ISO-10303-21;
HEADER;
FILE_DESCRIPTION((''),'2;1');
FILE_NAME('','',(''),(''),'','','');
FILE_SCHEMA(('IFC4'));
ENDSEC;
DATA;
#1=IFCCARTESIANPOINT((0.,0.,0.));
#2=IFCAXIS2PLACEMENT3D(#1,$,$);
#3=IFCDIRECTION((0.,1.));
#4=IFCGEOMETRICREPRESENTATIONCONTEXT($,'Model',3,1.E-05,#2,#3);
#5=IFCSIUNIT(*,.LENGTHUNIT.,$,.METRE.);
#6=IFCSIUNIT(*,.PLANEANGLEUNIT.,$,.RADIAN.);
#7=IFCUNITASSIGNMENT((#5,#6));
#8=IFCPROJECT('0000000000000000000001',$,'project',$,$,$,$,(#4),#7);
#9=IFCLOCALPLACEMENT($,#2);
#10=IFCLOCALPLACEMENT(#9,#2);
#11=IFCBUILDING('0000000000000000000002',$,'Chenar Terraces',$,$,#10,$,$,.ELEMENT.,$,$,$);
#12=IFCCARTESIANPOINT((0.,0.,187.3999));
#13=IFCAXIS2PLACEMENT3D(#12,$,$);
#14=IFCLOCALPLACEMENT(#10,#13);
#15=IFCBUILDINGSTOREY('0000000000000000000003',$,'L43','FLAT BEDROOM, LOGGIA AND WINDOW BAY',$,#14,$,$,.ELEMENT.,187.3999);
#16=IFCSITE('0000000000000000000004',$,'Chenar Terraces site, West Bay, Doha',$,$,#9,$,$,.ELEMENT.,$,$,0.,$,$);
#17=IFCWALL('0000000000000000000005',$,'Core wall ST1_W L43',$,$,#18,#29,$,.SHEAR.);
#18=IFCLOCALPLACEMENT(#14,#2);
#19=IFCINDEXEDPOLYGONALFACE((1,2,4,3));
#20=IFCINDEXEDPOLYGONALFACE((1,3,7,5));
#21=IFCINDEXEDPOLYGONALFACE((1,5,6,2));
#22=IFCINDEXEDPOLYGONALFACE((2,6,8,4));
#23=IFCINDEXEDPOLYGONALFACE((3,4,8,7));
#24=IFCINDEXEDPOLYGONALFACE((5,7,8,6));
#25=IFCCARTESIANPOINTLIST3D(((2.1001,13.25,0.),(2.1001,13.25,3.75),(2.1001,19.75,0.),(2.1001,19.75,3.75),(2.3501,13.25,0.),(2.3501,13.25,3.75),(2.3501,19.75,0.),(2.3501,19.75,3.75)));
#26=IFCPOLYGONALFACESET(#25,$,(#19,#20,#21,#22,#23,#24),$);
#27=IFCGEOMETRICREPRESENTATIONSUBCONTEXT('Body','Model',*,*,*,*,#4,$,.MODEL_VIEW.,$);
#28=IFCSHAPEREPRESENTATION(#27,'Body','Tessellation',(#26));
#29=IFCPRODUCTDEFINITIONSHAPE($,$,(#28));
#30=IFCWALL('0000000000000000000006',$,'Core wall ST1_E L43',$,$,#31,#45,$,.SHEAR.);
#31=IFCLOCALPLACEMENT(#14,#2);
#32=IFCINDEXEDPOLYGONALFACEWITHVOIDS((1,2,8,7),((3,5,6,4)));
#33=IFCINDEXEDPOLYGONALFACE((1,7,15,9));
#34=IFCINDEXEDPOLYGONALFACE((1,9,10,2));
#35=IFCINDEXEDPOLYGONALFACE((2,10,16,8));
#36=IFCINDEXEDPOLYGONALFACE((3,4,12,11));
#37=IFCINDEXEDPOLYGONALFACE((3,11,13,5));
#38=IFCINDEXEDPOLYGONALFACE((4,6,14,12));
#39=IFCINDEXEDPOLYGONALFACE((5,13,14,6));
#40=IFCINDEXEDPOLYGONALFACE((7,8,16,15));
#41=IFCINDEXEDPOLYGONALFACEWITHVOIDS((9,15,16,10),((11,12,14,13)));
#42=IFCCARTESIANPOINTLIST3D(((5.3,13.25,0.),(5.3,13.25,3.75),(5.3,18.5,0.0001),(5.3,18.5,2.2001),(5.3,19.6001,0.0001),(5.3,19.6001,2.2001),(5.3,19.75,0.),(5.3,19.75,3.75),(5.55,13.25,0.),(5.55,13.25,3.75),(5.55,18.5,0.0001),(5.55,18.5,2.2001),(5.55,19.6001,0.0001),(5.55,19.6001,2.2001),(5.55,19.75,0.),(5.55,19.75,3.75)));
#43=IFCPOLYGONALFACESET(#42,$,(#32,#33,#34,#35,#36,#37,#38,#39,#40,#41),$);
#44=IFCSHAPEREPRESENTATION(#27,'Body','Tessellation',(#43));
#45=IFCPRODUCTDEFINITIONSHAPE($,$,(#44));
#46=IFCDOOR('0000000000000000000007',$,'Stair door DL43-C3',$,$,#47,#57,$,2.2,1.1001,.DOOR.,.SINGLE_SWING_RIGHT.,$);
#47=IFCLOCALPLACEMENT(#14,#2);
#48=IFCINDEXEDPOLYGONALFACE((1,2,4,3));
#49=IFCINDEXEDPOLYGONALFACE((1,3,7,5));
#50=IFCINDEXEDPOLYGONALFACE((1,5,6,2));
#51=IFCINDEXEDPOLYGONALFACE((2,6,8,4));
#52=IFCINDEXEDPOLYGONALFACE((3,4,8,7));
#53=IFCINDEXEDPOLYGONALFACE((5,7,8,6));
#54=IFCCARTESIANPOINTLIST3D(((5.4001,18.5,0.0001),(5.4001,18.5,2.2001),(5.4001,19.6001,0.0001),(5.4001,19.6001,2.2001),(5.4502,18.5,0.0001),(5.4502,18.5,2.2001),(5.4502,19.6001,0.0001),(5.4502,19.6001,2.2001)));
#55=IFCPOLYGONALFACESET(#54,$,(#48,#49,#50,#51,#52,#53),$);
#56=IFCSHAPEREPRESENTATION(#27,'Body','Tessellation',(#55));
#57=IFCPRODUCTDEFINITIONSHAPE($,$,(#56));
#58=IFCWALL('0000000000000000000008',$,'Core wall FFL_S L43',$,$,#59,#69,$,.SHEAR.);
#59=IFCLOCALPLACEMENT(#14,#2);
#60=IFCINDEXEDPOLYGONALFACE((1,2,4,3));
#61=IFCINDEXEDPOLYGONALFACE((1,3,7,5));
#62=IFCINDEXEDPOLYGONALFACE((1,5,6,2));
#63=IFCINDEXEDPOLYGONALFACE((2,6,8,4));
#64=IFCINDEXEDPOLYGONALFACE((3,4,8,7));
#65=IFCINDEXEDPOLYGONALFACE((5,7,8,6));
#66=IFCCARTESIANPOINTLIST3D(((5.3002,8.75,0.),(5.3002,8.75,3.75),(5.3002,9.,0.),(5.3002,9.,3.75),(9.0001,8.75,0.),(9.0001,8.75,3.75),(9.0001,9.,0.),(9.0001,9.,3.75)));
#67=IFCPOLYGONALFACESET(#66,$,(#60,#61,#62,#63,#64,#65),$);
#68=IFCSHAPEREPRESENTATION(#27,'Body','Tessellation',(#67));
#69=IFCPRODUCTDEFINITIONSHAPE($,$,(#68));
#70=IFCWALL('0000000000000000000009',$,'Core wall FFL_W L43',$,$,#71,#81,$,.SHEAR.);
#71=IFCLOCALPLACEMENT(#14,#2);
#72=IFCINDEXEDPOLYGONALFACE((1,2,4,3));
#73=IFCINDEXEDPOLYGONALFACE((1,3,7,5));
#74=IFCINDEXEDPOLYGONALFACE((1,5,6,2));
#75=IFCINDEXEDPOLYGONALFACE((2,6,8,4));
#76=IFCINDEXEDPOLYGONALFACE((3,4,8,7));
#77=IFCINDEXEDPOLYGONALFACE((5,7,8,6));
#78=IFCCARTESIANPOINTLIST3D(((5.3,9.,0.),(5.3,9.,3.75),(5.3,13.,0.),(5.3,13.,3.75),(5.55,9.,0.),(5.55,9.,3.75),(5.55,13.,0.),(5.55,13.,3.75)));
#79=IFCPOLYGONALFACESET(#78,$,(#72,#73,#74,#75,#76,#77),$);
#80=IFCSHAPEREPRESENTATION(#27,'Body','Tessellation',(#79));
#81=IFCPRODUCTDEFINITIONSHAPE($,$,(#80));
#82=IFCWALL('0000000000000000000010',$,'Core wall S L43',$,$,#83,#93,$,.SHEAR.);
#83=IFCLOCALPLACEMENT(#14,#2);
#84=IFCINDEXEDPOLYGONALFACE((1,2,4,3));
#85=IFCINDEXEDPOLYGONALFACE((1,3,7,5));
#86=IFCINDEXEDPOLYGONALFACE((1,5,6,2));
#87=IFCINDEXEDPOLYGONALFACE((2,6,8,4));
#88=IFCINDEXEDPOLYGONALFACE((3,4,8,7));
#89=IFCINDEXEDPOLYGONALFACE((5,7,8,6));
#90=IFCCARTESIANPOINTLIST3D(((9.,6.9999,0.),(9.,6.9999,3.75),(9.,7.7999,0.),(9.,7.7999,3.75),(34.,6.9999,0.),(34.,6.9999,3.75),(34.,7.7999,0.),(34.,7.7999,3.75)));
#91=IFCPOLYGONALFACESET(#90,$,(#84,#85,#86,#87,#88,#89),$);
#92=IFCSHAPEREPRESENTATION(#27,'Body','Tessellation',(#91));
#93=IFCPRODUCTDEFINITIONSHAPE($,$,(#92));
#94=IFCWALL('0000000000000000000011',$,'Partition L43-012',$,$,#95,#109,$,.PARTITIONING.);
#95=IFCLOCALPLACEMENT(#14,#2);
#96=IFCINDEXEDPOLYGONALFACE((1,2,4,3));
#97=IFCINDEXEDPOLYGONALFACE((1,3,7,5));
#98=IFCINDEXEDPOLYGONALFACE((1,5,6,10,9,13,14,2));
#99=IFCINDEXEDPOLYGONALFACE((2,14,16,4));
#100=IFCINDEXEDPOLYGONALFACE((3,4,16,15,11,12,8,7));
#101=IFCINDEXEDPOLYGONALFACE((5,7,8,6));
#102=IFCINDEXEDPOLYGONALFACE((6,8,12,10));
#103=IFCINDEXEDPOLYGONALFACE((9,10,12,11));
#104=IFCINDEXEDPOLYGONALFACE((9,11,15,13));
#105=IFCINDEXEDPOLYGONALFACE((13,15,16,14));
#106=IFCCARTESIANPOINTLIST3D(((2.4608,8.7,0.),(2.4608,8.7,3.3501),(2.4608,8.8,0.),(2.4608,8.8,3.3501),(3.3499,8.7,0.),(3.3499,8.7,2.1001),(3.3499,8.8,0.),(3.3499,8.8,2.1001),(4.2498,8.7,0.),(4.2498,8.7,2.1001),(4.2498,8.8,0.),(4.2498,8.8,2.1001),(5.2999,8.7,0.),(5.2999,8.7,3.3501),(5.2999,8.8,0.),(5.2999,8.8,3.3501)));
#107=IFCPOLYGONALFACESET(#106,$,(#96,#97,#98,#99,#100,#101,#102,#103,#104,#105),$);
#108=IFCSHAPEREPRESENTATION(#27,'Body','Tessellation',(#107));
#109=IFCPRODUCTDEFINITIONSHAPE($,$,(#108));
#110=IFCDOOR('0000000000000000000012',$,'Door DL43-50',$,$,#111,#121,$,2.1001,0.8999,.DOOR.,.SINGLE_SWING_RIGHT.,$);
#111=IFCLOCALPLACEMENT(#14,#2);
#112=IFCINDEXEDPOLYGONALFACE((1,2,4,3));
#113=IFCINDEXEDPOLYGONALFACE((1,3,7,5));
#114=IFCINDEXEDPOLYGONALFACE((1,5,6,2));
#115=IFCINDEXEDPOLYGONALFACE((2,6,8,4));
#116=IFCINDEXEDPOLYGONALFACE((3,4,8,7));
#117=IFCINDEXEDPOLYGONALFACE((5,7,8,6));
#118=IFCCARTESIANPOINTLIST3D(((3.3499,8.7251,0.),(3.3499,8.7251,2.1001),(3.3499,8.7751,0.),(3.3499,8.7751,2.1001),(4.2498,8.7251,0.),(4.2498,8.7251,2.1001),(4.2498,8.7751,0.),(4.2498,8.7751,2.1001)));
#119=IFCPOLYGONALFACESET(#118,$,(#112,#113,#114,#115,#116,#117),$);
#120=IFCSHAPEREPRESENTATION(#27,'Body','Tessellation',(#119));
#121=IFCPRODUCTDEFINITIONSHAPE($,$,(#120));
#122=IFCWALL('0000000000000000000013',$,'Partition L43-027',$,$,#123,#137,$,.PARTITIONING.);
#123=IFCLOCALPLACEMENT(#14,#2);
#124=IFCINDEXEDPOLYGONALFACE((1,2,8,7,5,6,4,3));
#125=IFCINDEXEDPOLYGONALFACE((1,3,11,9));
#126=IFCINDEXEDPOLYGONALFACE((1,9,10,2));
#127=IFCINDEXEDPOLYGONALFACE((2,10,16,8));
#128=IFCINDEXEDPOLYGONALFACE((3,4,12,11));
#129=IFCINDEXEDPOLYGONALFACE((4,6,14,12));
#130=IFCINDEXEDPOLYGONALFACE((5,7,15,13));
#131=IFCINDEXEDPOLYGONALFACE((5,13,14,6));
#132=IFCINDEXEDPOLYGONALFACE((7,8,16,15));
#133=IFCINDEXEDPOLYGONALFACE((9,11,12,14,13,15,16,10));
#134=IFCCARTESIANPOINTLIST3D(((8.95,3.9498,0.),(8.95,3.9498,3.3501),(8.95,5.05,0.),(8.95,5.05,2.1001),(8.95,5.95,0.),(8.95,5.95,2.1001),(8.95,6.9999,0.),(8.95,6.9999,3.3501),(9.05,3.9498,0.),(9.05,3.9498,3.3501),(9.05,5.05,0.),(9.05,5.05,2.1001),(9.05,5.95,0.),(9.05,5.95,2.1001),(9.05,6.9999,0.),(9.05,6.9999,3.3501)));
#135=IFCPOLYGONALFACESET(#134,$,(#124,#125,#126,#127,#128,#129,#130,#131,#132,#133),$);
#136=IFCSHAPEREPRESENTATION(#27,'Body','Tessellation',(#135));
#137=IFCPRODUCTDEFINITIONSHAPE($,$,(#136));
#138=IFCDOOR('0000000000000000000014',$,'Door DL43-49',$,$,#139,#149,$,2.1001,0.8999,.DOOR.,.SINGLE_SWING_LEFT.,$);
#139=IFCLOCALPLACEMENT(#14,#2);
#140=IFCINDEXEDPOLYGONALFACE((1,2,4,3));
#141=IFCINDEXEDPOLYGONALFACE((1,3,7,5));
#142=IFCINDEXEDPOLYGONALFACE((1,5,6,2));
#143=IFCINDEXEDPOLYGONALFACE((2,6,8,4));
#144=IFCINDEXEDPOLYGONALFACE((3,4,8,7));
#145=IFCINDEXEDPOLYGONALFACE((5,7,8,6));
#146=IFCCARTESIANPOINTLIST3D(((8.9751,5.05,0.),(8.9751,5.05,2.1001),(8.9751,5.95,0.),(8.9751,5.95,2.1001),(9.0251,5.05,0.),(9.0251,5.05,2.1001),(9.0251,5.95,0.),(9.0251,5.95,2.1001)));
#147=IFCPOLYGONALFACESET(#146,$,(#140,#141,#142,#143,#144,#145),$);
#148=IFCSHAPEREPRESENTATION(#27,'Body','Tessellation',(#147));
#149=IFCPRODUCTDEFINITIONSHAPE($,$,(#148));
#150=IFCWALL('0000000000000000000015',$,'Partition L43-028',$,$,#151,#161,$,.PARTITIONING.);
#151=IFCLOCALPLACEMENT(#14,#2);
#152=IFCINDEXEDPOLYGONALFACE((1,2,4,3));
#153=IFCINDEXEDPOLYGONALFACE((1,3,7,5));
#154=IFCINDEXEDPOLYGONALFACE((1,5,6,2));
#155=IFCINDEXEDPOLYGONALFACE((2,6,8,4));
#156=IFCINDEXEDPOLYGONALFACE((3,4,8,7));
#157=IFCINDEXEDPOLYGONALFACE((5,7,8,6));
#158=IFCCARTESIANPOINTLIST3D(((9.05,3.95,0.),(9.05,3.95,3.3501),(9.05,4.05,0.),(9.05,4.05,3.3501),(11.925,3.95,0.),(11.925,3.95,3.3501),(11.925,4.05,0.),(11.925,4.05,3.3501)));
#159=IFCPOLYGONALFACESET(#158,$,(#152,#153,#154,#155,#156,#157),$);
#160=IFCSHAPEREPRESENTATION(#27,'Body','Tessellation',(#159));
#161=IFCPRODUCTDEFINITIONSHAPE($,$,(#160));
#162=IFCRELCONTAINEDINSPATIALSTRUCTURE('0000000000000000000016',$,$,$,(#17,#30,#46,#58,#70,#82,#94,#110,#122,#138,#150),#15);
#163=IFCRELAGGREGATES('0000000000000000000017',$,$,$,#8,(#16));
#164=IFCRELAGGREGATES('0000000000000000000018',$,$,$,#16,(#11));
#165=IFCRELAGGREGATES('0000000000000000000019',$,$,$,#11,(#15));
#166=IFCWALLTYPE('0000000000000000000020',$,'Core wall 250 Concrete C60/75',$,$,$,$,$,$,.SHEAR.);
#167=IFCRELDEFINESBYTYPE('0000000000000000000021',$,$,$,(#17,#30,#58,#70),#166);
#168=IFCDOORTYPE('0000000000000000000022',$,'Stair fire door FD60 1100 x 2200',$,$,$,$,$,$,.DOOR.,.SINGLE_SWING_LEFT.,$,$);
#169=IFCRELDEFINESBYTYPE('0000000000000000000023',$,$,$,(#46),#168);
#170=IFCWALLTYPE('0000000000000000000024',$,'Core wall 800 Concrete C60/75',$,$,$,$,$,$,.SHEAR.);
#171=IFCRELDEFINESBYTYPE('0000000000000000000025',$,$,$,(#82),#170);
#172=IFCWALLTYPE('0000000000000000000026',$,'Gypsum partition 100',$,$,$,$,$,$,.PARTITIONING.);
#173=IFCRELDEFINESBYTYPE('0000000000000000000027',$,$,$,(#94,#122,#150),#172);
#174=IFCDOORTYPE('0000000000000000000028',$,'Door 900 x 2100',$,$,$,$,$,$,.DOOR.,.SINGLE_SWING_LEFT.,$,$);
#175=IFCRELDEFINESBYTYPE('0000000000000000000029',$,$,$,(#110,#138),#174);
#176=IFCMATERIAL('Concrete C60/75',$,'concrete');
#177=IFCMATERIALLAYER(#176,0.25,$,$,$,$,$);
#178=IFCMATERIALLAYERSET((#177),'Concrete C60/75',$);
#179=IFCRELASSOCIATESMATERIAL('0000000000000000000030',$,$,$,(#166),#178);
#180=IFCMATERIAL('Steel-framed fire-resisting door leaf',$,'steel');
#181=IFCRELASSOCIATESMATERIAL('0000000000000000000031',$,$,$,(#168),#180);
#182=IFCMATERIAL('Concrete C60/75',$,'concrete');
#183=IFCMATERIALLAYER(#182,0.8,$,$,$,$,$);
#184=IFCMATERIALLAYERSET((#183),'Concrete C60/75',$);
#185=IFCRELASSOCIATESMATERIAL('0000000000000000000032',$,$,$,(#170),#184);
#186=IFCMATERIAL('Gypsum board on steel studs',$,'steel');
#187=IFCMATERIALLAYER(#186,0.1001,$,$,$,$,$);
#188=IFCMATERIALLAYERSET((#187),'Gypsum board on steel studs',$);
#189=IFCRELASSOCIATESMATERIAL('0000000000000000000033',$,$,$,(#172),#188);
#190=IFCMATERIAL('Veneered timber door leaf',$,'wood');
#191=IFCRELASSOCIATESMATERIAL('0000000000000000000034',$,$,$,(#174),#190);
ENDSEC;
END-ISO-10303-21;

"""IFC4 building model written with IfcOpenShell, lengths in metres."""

from ifc_helpers import new_model, si_unit, direction, frame, frame_2d, origin, place, context, subcontext, project, spatial, rectangle, extrude, material, layer, layer_set, type_object, element, fill, save


model = new_model("IFC4")

# Units and contexts
model_context = context("Model", 3, precision=1e-05, world=origin(), true_north=direction((0.0, 1.0)))
body_context = subcontext(model_context, "Body", "Model", "MODEL_VIEW")
ifc_project = project(units=[si_unit("LENGTHUNIT", "METRE"), si_unit("PLANEANGLEUNIT", "RADIAN")], contexts=[model_context])

# Site, building, storey
site_placement = place(None, origin())
site = spatial("IfcSite", under=ifc_project, at=site_placement, Name="Chenar Terraces site, West Bay, Doha", CompositionType="ELEMENT", RefElevation=0.0)
building_placement = place(site_placement, origin())
building = spatial("IfcBuilding", under=site, at=building_placement, Name="Chenar Terraces", CompositionType="ELEMENT")
storey_placement = place(building_placement, frame((0.0, 0.0, 187.3999)))
storey = spatial("IfcBuildingStorey", under=building, at=storey_placement, Name="L43", Description="FLAT BEDROOM, LOGGIA AND WINDOW BAY", CompositionType="ELEMENT", Elevation=187.3999)

# Wall
ifc_material_1 = material(Name="Concrete C60/75", Category="concrete")
ifc_layer_1 = layer(ifc_material_1, 0.25)
ifc_layer_set_1 = layer_set([ifc_layer_1], Name="Concrete C60/75")
wall_type_1 = type_object("IfcWallType", Name="Core wall 250 Concrete C60/75", PredefinedType="SHEAR", material=ifc_layer_set_1)
wall_1_placement = place(storey_placement, frame((2.2251, 13.25, 0.0), z_axis=(0.0, 0.0, 1.0), x_axis=(0.0, 1.0, 0.0)))
element("IfcWall", 1, at=wall_1_placement, inside=storey, type_object=wall_type_1, Name="Core wall ST1_W L43", PredefinedType="SHEAR", context=body_context, shape_type="SweptSolid", body=[
    extrude(rectangle(XDim=6.5, YDim=0.25, at=frame_2d((3.25, 0.0))), origin(), (0.0, 0.0, 1.0), 3.75),
])

# Wall, opening, door
wall_2_placement = place(storey_placement, frame((5.425, 13.25, 0.0), z_axis=(0.0, 0.0, 1.0), x_axis=(0.0, 1.0, 0.0)))
wall_2 = element("IfcWall", 2, at=wall_2_placement, inside=storey, type_object=wall_type_1, Name="Core wall ST1_E L43", PredefinedType="SHEAR", context=body_context, shape_type="SweptSolid", body=[
    extrude(rectangle(XDim=6.5, YDim=0.25, at=frame_2d((3.25, 0.0))), origin(), (0.0, 0.0, 1.0), 3.75),
])
opening_1_placement = place(wall_2_placement, frame((5.25, 0.0, 0.0)))
opening_1 = element("IfcOpeningElement", 3, at=opening_1_placement, cuts=wall_2, PredefinedType="OPENING", context=body_context, shape_type="SweptSolid", body=[
    extrude(rectangle(XDim=1.1001, YDim=2.2, at=frame_2d((0.55, 1.1001))), frame((0.0, 0.135, 0.0), z_axis=(0.0, -1.0, 0.0), x_axis=(1.0, 0.0, 0.0)), (0.0, 0.0, 1.0), 0.27),
])
ifc_material_2 = material(Name="Steel-framed fire-resisting door leaf", Category="steel")
door_type_1 = type_object("IfcDoorType", Name="Stair fire door FD60 1100 x 2200", OperationType="SINGLE_SWING_LEFT", PredefinedType="DOOR", material=ifc_material_2)
door_1_placement = place(opening_1_placement, origin())
door_1 = element("IfcDoor", 4, at=door_1_placement, inside=storey, type_object=door_type_1, Name="Stair door DL43-C3", OperationType="SINGLE_SWING_RIGHT", OverallHeight=2.2, OverallWidth=1.1001, PredefinedType="DOOR", context=body_context, shape_type="SweptSolid", body=[
    extrude(rectangle(XDim=1.1001, YDim=2.2, at=frame_2d((0.55, 1.1001))), frame((0.0, 0.0249, 0.0), z_axis=(0.0, -1.0, 0.0), x_axis=(1.0, 0.0, 0.0)), (0.0, 0.0, 1.0), 0.05),
])
fill(opening_1, door_1)

# Walls
wall_3_placement = place(storey_placement, frame((5.3, 8.875, 0.0), z_axis=(0.0, 0.0, 1.0), x_axis=(1.0, 0.0, 0.0)))
element("IfcWall", 5, at=wall_3_placement, inside=storey, type_object=wall_type_1, Name="Core wall FFL_S L43", PredefinedType="SHEAR", context=body_context, shape_type="SweptSolid", body=[
    extrude(rectangle(XDim=3.7, YDim=0.25, at=frame_2d((1.8501, 0.0))), origin(), (0.0, 0.0, 1.0), 3.75),
])
wall_4_placement = place(storey_placement, frame((5.425, 9.0, 0.0), z_axis=(0.0, 0.0, 1.0), x_axis=(0.0, 1.0, 0.0)))
element("IfcWall", 6, at=wall_4_placement, inside=storey, type_object=wall_type_1, Name="Core wall FFL_W L43", PredefinedType="SHEAR", context=body_context, shape_type="SweptSolid", body=[
    extrude(rectangle(XDim=4.0, YDim=0.25, at=frame_2d((2.0, 0.0))), origin(), (0.0, 0.0, 1.0), 3.75),
])
ifc_material_3 = material(Name="Concrete C60/75", Category="concrete")
ifc_layer_2 = layer(ifc_material_3, 0.8)
ifc_layer_set_2 = layer_set([ifc_layer_2], Name="Concrete C60/75")
wall_type_2 = type_object("IfcWallType", Name="Core wall 800 Concrete C60/75", PredefinedType="SHEAR", material=ifc_layer_set_2)
wall_5_placement = place(storey_placement, frame((9.0, 7.3999, 0.0), z_axis=(0.0, 0.0, 1.0), x_axis=(1.0, 0.0, 0.0)))
element("IfcWall", 7, at=wall_5_placement, inside=storey, type_object=wall_type_2, Name="Core wall S L43", PredefinedType="SHEAR", context=body_context, shape_type="SweptSolid", body=[
    extrude(rectangle(XDim=25.0, YDim=0.8, at=frame_2d((12.5, 0.0))), origin(), (0.0, 0.0, 1.0), 3.75),
])

# Walls, openings, doors
ifc_material_4 = material(Name="Gypsum board on steel studs", Category="steel")
ifc_layer_3 = layer(ifc_material_4, 0.1001)
ifc_layer_set_3 = layer_set([ifc_layer_3], Name="Gypsum board on steel studs")
wall_type_3 = type_object("IfcWallType", Name="Gypsum partition 100", PredefinedType="PARTITIONING", material=ifc_layer_set_3)
wall_6_placement = place(storey_placement, frame((2.4609, 8.75, 0.0), z_axis=(0.0, 0.0, 1.0), x_axis=(1.0, 0.0, 0.0)))
wall_6 = element("IfcWall", 8, at=wall_6_placement, inside=storey, type_object=wall_type_3, Name="Partition L43-012", PredefinedType="PARTITIONING", context=body_context, shape_type="SweptSolid", body=[
    extrude(rectangle(XDim=2.8391, YDim=0.1001, at=frame_2d((1.4194, 0.0))), origin(), (0.0, 0.0, 1.0), 3.3501),
])
opening_2_placement = place(wall_6_placement, frame((0.8889, 0.0, 0.0)))
opening_2 = element("IfcOpeningElement", 9, at=opening_2_placement, cuts=wall_6, PredefinedType="OPENING", context=body_context, shape_type="SweptSolid", body=[
    extrude(rectangle(XDim=0.8999, YDim=2.1001, at=frame_2d((0.45, 1.05))), frame((0.0, 0.0601, 0.0), z_axis=(0.0, -1.0, 0.0), x_axis=(1.0, 0.0, 0.0)), (0.0, 0.0, 1.0), 0.1201),
])
ifc_material_5 = material(Name="Veneered timber door leaf", Category="wood")
door_type_2 = type_object("IfcDoorType", Name="Door 900 x 2100", OperationType="SINGLE_SWING_LEFT", PredefinedType="DOOR", material=ifc_material_5)
door_2_placement = place(opening_2_placement, frame((0.8999, 0.0, 0.0), z_axis=(0.0, 0.0, 1.0), x_axis=(-1.0, 0.0, 0.0)))
door_2 = element("IfcDoor", 10, at=door_2_placement, inside=storey, type_object=door_type_2, Name="Door DL43-50", OperationType="SINGLE_SWING_RIGHT", OverallHeight=2.1001, OverallWidth=0.8999, PredefinedType="DOOR", context=body_context, shape_type="SweptSolid", body=[
    extrude(rectangle(XDim=0.8999, YDim=2.1001, at=frame_2d((0.45, 1.05))), frame((0.0, 0.0249, 0.0), z_axis=(0.0, -1.0, 0.0), x_axis=(1.0, 0.0, 0.0)), (0.0, 0.0, 1.0), 0.05),
])
fill(opening_2, door_2)
wall_7_placement = place(storey_placement, frame((9.0, 3.95, 0.0), z_axis=(0.0, 0.0, 1.0), x_axis=(0.0, 1.0, 0.0)))
wall_7 = element("IfcWall", 11, at=wall_7_placement, inside=storey, type_object=wall_type_3, Name="Partition L43-027", PredefinedType="PARTITIONING", context=body_context, shape_type="SweptSolid", body=[
    extrude(rectangle(XDim=3.05, YDim=0.1001, at=frame_2d((1.5249, 0.0))), origin(), (0.0, 0.0, 1.0), 3.3501),
])
opening_3_placement = place(wall_7_placement, frame((1.1001, 0.0, 0.0)))
opening_3 = element("IfcOpeningElement", 12, at=opening_3_placement, cuts=wall_7, PredefinedType="OPENING", context=body_context, shape_type="SweptSolid", body=[
    extrude(rectangle(XDim=0.8999, YDim=2.1001, at=frame_2d((0.45, 1.05))), frame((0.0, 0.0601, 0.0), z_axis=(0.0, -1.0, 0.0), x_axis=(1.0, 0.0, 0.0)), (0.0, 0.0, 1.0), 0.1201),
])
door_3_placement = place(opening_3_placement, origin())
door_3 = element("IfcDoor", 13, at=door_3_placement, inside=storey, type_object=door_type_2, Name="Door DL43-49", OperationType="SINGLE_SWING_LEFT", OverallHeight=2.1001, OverallWidth=0.8999, PredefinedType="DOOR", context=body_context, shape_type="SweptSolid", body=[
    extrude(rectangle(XDim=0.8999, YDim=2.1001, at=frame_2d((0.45, 1.05))), frame((0.0, 0.0249, 0.0), z_axis=(0.0, -1.0, 0.0), x_axis=(1.0, 0.0, 0.0)), (0.0, 0.0, 1.0), 0.05),
])
fill(opening_3, door_3)

# Wall
wall_8_placement = place(storey_placement, frame((9.05, 4.0, 0.0), z_axis=(0.0, 0.0, 1.0), x_axis=(1.0, 0.0, 0.0)))
element("IfcWall", 14, at=wall_8_placement, inside=storey, type_object=wall_type_3, Name="Partition L43-028", PredefinedType="PARTITIONING", context=body_context, shape_type="SweptSolid", body=[
    extrude(rectangle(XDim=2.875, YDim=0.1001, at=frame_2d((1.4375, 0.0))), origin(), (0.0, 0.0, 1.0), 3.3501),
])

save(model, "model.ifc")
